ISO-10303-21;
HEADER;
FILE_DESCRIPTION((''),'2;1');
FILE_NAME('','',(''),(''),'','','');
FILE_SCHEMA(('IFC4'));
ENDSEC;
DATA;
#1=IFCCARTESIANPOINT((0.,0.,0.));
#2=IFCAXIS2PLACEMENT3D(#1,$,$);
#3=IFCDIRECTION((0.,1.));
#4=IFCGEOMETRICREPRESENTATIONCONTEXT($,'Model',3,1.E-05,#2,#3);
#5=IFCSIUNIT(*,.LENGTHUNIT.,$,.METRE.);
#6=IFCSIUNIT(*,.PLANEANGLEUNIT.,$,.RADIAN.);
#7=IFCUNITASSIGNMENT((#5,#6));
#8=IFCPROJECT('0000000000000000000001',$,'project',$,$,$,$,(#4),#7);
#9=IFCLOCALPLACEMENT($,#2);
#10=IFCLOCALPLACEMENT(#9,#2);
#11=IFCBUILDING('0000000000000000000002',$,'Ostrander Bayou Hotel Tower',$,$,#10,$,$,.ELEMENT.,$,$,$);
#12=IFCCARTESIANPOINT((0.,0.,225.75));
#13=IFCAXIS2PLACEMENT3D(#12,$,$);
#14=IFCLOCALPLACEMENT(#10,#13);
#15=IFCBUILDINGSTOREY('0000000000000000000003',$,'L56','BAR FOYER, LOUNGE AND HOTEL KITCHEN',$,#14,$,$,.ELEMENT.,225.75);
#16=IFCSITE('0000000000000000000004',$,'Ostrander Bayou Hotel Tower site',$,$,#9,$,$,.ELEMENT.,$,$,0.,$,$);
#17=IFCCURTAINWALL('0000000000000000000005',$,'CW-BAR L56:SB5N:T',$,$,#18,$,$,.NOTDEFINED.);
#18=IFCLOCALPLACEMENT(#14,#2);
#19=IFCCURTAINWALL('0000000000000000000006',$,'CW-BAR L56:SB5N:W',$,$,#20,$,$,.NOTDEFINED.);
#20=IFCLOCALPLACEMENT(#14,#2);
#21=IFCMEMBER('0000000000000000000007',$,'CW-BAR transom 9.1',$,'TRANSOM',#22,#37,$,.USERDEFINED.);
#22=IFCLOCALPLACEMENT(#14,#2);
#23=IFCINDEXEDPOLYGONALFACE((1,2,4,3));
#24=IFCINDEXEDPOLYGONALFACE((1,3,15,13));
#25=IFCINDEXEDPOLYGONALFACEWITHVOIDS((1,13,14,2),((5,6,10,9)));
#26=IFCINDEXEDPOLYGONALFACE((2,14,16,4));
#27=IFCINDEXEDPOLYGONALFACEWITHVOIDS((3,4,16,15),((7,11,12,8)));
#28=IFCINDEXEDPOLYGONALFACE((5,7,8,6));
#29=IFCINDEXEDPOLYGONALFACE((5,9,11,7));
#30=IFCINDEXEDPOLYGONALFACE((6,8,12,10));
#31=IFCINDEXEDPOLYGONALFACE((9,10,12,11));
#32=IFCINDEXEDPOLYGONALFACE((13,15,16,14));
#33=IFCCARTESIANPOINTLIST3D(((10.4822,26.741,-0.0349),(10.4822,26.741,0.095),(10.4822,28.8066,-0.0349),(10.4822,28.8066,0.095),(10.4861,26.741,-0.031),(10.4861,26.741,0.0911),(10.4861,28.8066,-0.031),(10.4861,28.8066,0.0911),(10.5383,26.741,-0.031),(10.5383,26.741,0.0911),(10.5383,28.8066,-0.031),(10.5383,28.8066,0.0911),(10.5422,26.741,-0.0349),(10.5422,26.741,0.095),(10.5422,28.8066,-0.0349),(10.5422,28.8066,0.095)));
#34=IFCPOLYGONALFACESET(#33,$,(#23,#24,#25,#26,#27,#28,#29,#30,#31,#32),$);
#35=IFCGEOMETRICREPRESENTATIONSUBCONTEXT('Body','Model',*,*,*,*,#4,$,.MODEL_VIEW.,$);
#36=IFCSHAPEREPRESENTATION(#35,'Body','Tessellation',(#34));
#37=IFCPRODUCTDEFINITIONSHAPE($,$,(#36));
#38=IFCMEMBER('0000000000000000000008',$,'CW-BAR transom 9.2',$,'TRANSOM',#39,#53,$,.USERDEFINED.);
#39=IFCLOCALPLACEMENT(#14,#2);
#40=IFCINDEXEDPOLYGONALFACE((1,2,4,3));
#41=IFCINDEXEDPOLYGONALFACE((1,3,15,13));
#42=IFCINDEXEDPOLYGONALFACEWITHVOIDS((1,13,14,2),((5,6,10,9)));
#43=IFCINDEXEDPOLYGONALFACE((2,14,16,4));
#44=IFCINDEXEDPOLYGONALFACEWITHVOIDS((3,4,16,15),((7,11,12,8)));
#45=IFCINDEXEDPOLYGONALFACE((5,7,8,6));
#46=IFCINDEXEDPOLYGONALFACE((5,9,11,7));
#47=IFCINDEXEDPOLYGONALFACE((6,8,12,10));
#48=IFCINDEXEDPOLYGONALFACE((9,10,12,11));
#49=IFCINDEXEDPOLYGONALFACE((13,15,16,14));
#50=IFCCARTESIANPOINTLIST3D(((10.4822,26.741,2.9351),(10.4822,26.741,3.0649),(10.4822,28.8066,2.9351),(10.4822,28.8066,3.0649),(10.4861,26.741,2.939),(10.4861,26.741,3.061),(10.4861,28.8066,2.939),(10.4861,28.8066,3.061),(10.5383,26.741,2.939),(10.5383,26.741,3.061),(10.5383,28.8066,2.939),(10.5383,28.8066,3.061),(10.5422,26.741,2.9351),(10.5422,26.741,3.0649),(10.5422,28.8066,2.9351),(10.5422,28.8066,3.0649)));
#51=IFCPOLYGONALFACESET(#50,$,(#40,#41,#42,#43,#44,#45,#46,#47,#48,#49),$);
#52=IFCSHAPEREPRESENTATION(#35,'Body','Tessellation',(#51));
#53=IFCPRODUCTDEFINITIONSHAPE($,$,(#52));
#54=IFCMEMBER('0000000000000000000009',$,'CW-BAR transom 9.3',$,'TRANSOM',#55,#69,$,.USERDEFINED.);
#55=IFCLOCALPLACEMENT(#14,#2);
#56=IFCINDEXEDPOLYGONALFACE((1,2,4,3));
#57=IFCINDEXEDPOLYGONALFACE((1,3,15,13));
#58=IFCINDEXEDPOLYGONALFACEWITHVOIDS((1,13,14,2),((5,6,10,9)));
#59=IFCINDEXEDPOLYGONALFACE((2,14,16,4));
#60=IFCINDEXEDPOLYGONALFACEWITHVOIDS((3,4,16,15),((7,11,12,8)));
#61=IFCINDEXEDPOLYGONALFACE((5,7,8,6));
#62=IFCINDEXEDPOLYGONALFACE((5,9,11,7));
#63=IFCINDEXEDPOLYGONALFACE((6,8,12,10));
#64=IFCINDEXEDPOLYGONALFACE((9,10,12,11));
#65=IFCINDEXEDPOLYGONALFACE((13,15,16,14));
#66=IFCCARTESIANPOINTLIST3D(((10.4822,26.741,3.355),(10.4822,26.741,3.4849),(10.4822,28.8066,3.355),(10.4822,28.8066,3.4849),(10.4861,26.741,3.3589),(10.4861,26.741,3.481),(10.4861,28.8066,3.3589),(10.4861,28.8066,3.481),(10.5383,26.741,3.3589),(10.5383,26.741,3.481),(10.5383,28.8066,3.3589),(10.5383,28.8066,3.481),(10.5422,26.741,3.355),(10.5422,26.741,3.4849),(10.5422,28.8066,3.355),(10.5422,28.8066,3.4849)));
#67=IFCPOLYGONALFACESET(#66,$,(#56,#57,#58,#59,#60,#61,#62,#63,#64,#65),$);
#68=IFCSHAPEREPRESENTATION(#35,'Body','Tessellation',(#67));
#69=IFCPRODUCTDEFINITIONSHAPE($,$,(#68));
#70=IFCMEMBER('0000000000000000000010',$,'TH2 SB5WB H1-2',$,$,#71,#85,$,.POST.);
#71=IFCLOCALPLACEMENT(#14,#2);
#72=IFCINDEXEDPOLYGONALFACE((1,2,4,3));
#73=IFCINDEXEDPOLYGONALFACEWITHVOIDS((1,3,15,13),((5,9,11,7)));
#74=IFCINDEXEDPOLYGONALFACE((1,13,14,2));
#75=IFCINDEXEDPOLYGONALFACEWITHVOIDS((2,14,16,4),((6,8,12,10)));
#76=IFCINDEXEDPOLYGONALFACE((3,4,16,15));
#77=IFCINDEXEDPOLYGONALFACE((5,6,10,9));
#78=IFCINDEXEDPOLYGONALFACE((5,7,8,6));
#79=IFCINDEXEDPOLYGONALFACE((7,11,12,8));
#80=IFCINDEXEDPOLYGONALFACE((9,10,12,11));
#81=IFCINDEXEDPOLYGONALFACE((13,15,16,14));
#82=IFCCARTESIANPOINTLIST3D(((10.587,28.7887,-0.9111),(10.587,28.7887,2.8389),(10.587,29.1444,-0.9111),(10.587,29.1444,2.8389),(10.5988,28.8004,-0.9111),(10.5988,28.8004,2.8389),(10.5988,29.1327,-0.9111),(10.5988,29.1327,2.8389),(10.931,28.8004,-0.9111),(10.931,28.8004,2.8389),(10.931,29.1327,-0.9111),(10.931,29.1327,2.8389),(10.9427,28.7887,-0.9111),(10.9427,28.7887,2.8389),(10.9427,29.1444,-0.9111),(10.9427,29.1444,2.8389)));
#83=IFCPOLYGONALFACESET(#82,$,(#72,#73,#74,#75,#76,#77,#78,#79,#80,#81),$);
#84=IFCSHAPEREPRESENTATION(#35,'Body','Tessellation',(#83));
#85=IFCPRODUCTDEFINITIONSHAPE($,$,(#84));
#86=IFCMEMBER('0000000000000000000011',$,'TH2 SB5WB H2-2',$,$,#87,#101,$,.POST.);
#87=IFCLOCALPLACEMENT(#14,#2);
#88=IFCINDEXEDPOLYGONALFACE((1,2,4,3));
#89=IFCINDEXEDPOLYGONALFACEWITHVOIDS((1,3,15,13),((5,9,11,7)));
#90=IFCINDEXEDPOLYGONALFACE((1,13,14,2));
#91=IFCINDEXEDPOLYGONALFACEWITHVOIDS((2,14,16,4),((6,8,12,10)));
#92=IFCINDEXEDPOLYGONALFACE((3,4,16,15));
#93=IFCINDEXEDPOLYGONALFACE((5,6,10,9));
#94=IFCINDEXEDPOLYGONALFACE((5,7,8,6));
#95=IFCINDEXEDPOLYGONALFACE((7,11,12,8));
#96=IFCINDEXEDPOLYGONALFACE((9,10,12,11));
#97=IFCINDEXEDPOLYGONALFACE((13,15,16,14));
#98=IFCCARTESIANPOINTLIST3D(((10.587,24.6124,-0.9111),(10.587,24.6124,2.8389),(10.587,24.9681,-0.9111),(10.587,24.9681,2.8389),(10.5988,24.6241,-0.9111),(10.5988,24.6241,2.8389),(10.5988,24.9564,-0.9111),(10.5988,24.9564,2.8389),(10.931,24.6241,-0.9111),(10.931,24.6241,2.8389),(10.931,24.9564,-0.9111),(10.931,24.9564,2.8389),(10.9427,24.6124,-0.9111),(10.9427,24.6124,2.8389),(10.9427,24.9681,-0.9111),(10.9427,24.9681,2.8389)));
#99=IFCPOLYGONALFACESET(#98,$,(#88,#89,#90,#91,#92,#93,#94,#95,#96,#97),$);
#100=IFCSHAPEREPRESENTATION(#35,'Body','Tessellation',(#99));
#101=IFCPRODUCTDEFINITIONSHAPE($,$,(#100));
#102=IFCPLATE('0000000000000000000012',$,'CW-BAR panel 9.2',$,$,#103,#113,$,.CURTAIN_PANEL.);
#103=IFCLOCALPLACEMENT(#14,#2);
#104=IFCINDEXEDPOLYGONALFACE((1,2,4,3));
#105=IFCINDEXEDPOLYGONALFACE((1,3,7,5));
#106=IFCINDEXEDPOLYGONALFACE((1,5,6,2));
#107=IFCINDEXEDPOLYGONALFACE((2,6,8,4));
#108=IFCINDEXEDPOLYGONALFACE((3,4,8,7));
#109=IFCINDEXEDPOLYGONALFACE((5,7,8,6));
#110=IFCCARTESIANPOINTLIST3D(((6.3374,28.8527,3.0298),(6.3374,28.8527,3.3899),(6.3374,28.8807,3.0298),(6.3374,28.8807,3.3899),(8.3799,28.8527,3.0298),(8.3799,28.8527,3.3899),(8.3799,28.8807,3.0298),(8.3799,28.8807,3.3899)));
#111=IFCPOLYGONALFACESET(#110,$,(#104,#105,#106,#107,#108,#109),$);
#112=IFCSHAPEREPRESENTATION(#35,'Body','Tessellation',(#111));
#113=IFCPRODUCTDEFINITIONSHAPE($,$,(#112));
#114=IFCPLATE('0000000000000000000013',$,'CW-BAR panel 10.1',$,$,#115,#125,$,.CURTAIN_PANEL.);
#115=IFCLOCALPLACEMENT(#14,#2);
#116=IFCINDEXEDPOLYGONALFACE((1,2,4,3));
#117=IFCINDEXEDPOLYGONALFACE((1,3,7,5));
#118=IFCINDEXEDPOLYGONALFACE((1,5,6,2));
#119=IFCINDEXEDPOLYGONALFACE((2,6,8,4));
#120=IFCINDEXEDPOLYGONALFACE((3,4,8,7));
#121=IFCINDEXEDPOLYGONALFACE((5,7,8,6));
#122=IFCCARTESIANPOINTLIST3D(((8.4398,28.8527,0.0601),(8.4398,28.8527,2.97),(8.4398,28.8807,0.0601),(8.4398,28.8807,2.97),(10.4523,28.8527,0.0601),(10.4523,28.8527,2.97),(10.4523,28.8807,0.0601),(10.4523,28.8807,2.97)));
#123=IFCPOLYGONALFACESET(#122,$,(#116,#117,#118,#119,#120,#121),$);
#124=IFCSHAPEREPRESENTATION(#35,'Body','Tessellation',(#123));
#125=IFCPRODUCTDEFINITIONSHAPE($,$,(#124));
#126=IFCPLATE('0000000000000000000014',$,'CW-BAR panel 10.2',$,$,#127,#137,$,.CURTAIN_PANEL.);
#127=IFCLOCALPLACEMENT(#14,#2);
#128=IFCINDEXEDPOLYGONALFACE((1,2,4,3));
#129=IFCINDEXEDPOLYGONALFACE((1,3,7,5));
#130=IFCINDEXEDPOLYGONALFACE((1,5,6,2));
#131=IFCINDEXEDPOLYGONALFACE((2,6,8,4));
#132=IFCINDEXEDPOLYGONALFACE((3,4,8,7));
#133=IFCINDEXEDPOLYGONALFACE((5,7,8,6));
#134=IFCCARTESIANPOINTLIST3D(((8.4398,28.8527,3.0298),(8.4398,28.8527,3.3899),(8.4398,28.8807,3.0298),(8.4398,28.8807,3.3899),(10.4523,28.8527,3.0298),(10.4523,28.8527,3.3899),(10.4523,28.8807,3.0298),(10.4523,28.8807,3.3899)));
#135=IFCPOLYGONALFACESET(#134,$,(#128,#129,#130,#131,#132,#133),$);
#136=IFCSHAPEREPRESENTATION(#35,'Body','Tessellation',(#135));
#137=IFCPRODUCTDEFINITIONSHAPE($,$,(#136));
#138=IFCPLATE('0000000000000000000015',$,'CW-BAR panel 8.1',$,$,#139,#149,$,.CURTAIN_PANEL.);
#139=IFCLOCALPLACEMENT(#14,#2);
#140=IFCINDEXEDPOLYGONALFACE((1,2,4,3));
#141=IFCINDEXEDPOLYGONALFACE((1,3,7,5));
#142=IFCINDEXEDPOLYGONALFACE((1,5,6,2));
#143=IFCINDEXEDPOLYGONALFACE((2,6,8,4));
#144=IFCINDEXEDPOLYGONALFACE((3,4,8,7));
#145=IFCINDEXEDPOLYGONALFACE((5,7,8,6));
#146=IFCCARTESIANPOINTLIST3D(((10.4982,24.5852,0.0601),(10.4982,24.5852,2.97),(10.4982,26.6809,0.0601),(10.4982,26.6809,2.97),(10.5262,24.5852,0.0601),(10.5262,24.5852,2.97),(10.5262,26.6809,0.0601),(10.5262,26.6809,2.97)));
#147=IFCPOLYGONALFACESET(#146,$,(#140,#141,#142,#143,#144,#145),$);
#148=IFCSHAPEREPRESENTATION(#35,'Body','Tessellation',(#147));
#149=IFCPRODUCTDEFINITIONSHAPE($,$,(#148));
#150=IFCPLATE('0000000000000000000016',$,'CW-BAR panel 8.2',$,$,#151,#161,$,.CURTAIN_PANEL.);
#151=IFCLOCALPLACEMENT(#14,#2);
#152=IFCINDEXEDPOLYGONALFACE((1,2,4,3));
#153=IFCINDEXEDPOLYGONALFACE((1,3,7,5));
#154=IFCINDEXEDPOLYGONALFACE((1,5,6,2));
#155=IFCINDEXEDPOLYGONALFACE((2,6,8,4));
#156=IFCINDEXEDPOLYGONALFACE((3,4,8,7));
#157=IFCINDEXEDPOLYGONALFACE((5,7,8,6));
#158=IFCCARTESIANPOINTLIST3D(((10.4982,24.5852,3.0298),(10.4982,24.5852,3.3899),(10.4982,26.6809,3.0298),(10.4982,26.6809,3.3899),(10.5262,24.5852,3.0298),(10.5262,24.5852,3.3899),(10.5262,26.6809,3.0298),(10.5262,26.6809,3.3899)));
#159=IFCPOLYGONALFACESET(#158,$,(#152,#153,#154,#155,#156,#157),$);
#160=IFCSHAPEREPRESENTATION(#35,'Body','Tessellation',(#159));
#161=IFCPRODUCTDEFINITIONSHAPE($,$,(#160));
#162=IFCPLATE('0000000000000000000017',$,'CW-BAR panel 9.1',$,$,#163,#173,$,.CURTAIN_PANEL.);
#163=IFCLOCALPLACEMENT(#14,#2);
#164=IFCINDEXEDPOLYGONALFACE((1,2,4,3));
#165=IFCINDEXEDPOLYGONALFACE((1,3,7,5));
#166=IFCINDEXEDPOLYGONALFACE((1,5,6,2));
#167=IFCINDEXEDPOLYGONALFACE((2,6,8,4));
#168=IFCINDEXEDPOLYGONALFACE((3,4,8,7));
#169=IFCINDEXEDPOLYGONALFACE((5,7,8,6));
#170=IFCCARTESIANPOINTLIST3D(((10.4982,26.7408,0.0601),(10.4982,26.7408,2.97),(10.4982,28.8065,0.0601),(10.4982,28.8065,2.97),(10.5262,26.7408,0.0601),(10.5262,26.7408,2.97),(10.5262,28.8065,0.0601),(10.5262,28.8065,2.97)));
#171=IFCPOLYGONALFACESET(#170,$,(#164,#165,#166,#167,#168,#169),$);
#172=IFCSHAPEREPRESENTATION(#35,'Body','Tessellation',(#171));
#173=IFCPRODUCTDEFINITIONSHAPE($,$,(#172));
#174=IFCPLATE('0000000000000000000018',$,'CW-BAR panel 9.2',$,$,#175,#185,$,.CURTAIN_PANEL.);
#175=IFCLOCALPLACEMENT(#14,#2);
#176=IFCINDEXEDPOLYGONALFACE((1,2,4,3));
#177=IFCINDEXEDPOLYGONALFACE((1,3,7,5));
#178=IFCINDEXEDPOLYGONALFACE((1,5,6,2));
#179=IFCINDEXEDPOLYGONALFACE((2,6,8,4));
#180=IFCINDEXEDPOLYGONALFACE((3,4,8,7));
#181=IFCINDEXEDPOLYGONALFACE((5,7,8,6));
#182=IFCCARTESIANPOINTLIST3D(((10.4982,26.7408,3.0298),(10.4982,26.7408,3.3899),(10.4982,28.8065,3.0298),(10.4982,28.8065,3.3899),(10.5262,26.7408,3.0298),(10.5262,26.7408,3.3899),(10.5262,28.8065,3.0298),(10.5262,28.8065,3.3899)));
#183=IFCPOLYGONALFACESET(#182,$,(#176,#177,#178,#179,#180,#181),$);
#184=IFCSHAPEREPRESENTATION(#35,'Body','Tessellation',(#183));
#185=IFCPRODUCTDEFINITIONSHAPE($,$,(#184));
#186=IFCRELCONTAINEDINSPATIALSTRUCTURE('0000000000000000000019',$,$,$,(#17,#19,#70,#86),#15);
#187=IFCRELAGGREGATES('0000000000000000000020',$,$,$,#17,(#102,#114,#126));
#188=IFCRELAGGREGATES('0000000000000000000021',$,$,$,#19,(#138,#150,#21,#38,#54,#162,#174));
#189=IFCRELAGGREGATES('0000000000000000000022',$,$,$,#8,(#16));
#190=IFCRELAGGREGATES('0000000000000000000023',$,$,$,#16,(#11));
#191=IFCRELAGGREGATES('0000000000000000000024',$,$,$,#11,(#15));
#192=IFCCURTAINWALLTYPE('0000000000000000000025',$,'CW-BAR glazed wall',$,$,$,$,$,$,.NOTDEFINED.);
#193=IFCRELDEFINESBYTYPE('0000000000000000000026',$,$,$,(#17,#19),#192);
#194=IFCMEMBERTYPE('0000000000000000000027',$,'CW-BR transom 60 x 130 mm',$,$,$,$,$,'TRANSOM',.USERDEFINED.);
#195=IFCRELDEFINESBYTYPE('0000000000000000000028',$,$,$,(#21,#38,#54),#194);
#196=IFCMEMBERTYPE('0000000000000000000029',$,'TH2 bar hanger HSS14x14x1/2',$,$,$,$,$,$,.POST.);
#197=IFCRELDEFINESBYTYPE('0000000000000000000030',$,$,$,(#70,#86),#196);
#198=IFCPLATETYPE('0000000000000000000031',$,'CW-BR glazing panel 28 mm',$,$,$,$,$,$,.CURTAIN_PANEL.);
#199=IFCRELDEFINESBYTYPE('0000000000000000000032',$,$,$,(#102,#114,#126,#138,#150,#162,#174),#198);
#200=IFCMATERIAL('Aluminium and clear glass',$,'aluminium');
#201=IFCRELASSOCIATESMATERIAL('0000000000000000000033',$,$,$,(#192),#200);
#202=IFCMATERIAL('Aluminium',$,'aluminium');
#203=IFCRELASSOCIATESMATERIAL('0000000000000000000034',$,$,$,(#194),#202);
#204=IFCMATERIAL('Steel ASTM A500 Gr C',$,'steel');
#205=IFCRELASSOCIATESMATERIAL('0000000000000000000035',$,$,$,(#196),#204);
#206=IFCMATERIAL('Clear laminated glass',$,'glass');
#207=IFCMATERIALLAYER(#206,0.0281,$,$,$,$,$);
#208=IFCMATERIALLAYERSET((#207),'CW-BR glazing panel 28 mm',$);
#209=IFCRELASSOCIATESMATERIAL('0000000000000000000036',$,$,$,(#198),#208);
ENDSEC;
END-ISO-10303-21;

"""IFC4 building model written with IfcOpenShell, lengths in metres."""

from ifc_helpers import new_model, si_unit, direction, frame, origin, origin_2d, place, context, subcontext, project, spatial, rectangle, hollow_rectangle, extrude, material, layer, layer_set, material_profile, profile_set, type_object, element, aggregate, save


model = new_model("IFC4")

# Units and contexts
model_context = context("Model", 3, precision=1e-05, world=origin(), true_north=direction((0.0, 1.0)))
body_context = subcontext(model_context, "Body", "Model", "MODEL_VIEW")
ifc_project = project(units=[si_unit("LENGTHUNIT", "METRE"), si_unit("PLANEANGLEUNIT", "RADIAN")], contexts=[model_context])

# Site, building, storey
site_placement = place(None, origin())
site = spatial("IfcSite", under=ifc_project, at=site_placement, Name="Ostrander Bayou Hotel Tower site", CompositionType="ELEMENT", RefElevation=0.0)
building_placement = place(site_placement, origin())
building = spatial("IfcBuilding", under=site, at=building_placement, Name="Ostrander Bayou Hotel Tower", CompositionType="ELEMENT")
storey_placement = place(building_placement, frame((0.0, 0.0, 225.75)))
storey = spatial("IfcBuildingStorey", under=building, at=storey_placement, Name="L56", Description="BAR FOYER, LOUNGE AND HOTEL KITCHEN", CompositionType="ELEMENT", Elevation=225.75)

# Curtain walls
ifc_material_1 = material(Name="Aluminium and clear glass", Category="aluminium")
curtain_wall_type = type_object("IfcCurtainWallType", Name="CW-BAR glazed wall", PredefinedType="NOTDEFINED", material=ifc_material_1)
curtain_wall_1_placement = place(storey_placement, origin())
curtain_wall_1 = element("IfcCurtainWall", 1, at=curtain_wall_1_placement, inside=storey, type_object=curtain_wall_type, Name="CW-BAR L56:SB5N:T", PredefinedType="NOTDEFINED")
curtain_wall_2_placement = place(storey_placement, origin())
curtain_wall_2 = element("IfcCurtainWall", 2, at=curtain_wall_2_placement, inside=storey, type_object=curtain_wall_type, Name="CW-BAR L56:SB5N:W", PredefinedType="NOTDEFINED")

# Members
ifc_material_2 = material(Name="Aluminium", Category="aluminium")
ifc_material_profile_1 = material_profile(ifc_material_2, hollow_rectangle(XDim=0.0601, YDim=0.1299, WallThickness=0.0039, at=origin_2d()))
ifc_profile_set_1 = profile_set([ifc_material_profile_1], Name="Aluminium")
member_type_1 = type_object("IfcMemberType", Name="CW-BR transom 60 x 130 mm", ElementType="TRANSOM", PredefinedType="USERDEFINED", material=ifc_profile_set_1)
member_1_placement = place(storey_placement, frame((10.5122, 26.741, 0.03), z_axis=(0.0, 1.0, 0.0), x_axis=(-1.0, 0.0, 0.0)))
member_1 = element("IfcMember", 3, at=member_1_placement, type_object=member_type_1, Name="CW-BAR transom 9.1", ObjectType="TRANSOM", PredefinedType="USERDEFINED", context=body_context, shape_type="SweptSolid", body=[
    extrude(hollow_rectangle(XDim=0.0601, YDim=0.1299, WallThickness=0.0039, at=origin_2d()), origin(), (0.0, 0.0, 1.0), 2.0657),
])
member_2_placement = place(storey_placement, frame((10.5122, 26.741, 3.0), z_axis=(0.0, 1.0, 0.0), x_axis=(-1.0, 0.0, 0.0)))
member_2 = element("IfcMember", 4, at=member_2_placement, type_object=member_type_1, Name="CW-BAR transom 9.2", ObjectType="TRANSOM", PredefinedType="USERDEFINED", context=body_context, shape_type="SweptSolid", body=[
    extrude(hollow_rectangle(XDim=0.0601, YDim=0.1299, WallThickness=0.0039, at=origin_2d()), origin(), (0.0, 0.0, 1.0), 2.0657),
])
member_3_placement = place(storey_placement, frame((10.5122, 26.741, 3.4199), z_axis=(0.0, 1.0, 0.0), x_axis=(-1.0, 0.0, 0.0)))
member_3 = element("IfcMember", 5, at=member_3_placement, type_object=member_type_1, Name="CW-BAR transom 9.3", ObjectType="TRANSOM", PredefinedType="USERDEFINED", context=body_context, shape_type="SweptSolid", body=[
    extrude(hollow_rectangle(XDim=0.0601, YDim=0.1299, WallThickness=0.0039, at=origin_2d()), origin(), (0.0, 0.0, 1.0), 2.0657),
])

# Members
ifc_material_3 = material(Name="Steel ASTM A500 Gr C", Category="steel")
ifc_material_profile_2 = material_profile(ifc_material_3, hollow_rectangle(XDim=0.3557, YDim=0.3557, WallThickness=0.0117, at=origin_2d()))
ifc_profile_set_2 = profile_set([ifc_material_profile_2], Name="Steel ASTM A500 Gr C")
member_type_2 = type_object("IfcMemberType", Name="TH2 bar hanger HSS14x14x1/2", PredefinedType="POST", material=ifc_profile_set_2)
for number, where, z_axis, x_axis, name in (
    (6, (10.7649, 28.9666, -0.9111), (0.0, 0.0, 1.0), (1.0, 0.0, 0.0), "TH2 SB5WB H1-2"),
    (7, (10.7649, 24.7903, -0.9111), (0.0, 0.0, 1.0), (1.0, 0.0, 0.0), "TH2 SB5WB H2-2"),
):
    element("IfcMember", number, at=place(storey_placement, frame(where, z_axis=z_axis, x_axis=x_axis)), inside=storey, type_object=member_type_2, Name=name, PredefinedType="POST", context=body_context, shape_type="SweptSolid", body=[
        extrude(hollow_rectangle(XDim=0.3557, YDim=0.3557, WallThickness=0.0117, at=origin_2d()), origin(), (0.0, 0.0, 1.0), 3.75),
    ])

# Plates
ifc_material_4 = material(Name="Clear laminated glass", Category="glass")
ifc_layer = layer(ifc_material_4, 0.0281)
ifc_layer_set = layer_set([ifc_layer], Name="CW-BR glazing panel 28 mm")
plate_type = type_object("IfcPlateType", Name="CW-BR glazing panel 28 mm", PredefinedType="CURTAIN_PANEL", material=ifc_layer_set)
plate_1_placement = place(storey_placement, frame((7.3586, 28.8667, 3.0298), z_axis=(0.0, 0.0, 1.0), x_axis=(1.0, 0.0, 0.0)))
plate_1 = element("IfcPlate", 8, at=plate_1_placement, type_object=plate_type, Name="CW-BAR panel 9.2", PredefinedType="CURTAIN_PANEL", context=body_context, shape_type="SweptSolid", body=[
    extrude(rectangle(XDim=2.0425, YDim=0.0281, at=origin_2d()), origin(), (0.0, 0.0, 1.0), 0.3601),
])
plate_2_placement = place(storey_placement, frame((9.446, 28.8667, 0.0601), z_axis=(0.0, 0.0, 1.0), x_axis=(1.0, 0.0, 0.0)))
plate_2 = element("IfcPlate", 9, at=plate_2_placement, type_object=plate_type, Name="CW-BAR panel 10.1", PredefinedType="CURTAIN_PANEL", context=body_context, shape_type="SweptSolid", body=[
    extrude(rectangle(XDim=2.0125, YDim=0.0281, at=origin_2d()), origin(), (0.0, 0.0, 1.0), 2.9099),
])
plate_3_placement = place(storey_placement, frame((9.446, 28.8667, 3.0298), z_axis=(0.0, 0.0, 1.0), x_axis=(1.0, 0.0, 0.0)))
plate_3 = element("IfcPlate", 10, at=plate_3_placement, type_object=plate_type, Name="CW-BAR panel 10.2", PredefinedType="CURTAIN_PANEL", context=body_context, shape_type="SweptSolid", body=[
    extrude(rectangle(XDim=2.0125, YDim=0.0281, at=origin_2d()), origin(), (0.0, 0.0, 1.0), 0.3601),
])
aggregate(curtain_wall_1, [plate_1, plate_2, plate_3])
plate_4_placement = place(storey_placement, frame((10.5122, 25.6331, 0.0601), z_axis=(0.0, 0.0, 1.0), x_axis=(0.0, 1.0, 0.0)))
plate_4 = element("IfcPlate", 11, at=plate_4_placement, type_object=plate_type, Name="CW-BAR panel 8.1", PredefinedType="CURTAIN_PANEL", context=body_context, shape_type="SweptSolid", body=[
    extrude(rectangle(XDim=2.0957, YDim=0.0281, at=origin_2d()), origin(), (0.0, 0.0, 1.0), 2.9099),
])
plate_5_placement = place(storey_placement, frame((10.5122, 25.6331, 3.0298), z_axis=(0.0, 0.0, 1.0), x_axis=(0.0, 1.0, 0.0)))
plate_5 = element("IfcPlate", 12, at=plate_5_placement, type_object=plate_type, Name="CW-BAR panel 8.2", PredefinedType="CURTAIN_PANEL", context=body_context, shape_type="SweptSolid", body=[
    extrude(rectangle(XDim=2.0957, YDim=0.0281, at=origin_2d()), origin(), (0.0, 0.0, 1.0), 0.3601),
])
plate_6_placement = place(storey_placement, frame((10.5122, 27.7737, 0.0601), z_axis=(0.0, 0.0, 1.0), x_axis=(0.0, 1.0, 0.0)))
plate_6 = element("IfcPlate", 13, at=plate_6_placement, type_object=plate_type, Name="CW-BAR panel 9.1", PredefinedType="CURTAIN_PANEL", context=body_context, shape_type="SweptSolid", body=[
    extrude(rectangle(XDim=2.0657, YDim=0.0281, at=origin_2d()), origin(), (0.0, 0.0, 1.0), 2.9099),
])
plate_7_placement = place(storey_placement, frame((10.5122, 27.7737, 3.0298), z_axis=(0.0, 0.0, 1.0), x_axis=(0.0, 1.0, 0.0)))
plate_7 = element("IfcPlate", 14, at=plate_7_placement, type_object=plate_type, Name="CW-BAR panel 9.2", PredefinedType="CURTAIN_PANEL", context=body_context, shape_type="SweptSolid", body=[
    extrude(rectangle(XDim=2.0657, YDim=0.0281, at=origin_2d()), origin(), (0.0, 0.0, 1.0), 0.3601),
])
aggregate(curtain_wall_2, [plate_4, plate_5, member_1, member_2, member_3, plate_6, plate_7])

save(model, "model.ifc")
